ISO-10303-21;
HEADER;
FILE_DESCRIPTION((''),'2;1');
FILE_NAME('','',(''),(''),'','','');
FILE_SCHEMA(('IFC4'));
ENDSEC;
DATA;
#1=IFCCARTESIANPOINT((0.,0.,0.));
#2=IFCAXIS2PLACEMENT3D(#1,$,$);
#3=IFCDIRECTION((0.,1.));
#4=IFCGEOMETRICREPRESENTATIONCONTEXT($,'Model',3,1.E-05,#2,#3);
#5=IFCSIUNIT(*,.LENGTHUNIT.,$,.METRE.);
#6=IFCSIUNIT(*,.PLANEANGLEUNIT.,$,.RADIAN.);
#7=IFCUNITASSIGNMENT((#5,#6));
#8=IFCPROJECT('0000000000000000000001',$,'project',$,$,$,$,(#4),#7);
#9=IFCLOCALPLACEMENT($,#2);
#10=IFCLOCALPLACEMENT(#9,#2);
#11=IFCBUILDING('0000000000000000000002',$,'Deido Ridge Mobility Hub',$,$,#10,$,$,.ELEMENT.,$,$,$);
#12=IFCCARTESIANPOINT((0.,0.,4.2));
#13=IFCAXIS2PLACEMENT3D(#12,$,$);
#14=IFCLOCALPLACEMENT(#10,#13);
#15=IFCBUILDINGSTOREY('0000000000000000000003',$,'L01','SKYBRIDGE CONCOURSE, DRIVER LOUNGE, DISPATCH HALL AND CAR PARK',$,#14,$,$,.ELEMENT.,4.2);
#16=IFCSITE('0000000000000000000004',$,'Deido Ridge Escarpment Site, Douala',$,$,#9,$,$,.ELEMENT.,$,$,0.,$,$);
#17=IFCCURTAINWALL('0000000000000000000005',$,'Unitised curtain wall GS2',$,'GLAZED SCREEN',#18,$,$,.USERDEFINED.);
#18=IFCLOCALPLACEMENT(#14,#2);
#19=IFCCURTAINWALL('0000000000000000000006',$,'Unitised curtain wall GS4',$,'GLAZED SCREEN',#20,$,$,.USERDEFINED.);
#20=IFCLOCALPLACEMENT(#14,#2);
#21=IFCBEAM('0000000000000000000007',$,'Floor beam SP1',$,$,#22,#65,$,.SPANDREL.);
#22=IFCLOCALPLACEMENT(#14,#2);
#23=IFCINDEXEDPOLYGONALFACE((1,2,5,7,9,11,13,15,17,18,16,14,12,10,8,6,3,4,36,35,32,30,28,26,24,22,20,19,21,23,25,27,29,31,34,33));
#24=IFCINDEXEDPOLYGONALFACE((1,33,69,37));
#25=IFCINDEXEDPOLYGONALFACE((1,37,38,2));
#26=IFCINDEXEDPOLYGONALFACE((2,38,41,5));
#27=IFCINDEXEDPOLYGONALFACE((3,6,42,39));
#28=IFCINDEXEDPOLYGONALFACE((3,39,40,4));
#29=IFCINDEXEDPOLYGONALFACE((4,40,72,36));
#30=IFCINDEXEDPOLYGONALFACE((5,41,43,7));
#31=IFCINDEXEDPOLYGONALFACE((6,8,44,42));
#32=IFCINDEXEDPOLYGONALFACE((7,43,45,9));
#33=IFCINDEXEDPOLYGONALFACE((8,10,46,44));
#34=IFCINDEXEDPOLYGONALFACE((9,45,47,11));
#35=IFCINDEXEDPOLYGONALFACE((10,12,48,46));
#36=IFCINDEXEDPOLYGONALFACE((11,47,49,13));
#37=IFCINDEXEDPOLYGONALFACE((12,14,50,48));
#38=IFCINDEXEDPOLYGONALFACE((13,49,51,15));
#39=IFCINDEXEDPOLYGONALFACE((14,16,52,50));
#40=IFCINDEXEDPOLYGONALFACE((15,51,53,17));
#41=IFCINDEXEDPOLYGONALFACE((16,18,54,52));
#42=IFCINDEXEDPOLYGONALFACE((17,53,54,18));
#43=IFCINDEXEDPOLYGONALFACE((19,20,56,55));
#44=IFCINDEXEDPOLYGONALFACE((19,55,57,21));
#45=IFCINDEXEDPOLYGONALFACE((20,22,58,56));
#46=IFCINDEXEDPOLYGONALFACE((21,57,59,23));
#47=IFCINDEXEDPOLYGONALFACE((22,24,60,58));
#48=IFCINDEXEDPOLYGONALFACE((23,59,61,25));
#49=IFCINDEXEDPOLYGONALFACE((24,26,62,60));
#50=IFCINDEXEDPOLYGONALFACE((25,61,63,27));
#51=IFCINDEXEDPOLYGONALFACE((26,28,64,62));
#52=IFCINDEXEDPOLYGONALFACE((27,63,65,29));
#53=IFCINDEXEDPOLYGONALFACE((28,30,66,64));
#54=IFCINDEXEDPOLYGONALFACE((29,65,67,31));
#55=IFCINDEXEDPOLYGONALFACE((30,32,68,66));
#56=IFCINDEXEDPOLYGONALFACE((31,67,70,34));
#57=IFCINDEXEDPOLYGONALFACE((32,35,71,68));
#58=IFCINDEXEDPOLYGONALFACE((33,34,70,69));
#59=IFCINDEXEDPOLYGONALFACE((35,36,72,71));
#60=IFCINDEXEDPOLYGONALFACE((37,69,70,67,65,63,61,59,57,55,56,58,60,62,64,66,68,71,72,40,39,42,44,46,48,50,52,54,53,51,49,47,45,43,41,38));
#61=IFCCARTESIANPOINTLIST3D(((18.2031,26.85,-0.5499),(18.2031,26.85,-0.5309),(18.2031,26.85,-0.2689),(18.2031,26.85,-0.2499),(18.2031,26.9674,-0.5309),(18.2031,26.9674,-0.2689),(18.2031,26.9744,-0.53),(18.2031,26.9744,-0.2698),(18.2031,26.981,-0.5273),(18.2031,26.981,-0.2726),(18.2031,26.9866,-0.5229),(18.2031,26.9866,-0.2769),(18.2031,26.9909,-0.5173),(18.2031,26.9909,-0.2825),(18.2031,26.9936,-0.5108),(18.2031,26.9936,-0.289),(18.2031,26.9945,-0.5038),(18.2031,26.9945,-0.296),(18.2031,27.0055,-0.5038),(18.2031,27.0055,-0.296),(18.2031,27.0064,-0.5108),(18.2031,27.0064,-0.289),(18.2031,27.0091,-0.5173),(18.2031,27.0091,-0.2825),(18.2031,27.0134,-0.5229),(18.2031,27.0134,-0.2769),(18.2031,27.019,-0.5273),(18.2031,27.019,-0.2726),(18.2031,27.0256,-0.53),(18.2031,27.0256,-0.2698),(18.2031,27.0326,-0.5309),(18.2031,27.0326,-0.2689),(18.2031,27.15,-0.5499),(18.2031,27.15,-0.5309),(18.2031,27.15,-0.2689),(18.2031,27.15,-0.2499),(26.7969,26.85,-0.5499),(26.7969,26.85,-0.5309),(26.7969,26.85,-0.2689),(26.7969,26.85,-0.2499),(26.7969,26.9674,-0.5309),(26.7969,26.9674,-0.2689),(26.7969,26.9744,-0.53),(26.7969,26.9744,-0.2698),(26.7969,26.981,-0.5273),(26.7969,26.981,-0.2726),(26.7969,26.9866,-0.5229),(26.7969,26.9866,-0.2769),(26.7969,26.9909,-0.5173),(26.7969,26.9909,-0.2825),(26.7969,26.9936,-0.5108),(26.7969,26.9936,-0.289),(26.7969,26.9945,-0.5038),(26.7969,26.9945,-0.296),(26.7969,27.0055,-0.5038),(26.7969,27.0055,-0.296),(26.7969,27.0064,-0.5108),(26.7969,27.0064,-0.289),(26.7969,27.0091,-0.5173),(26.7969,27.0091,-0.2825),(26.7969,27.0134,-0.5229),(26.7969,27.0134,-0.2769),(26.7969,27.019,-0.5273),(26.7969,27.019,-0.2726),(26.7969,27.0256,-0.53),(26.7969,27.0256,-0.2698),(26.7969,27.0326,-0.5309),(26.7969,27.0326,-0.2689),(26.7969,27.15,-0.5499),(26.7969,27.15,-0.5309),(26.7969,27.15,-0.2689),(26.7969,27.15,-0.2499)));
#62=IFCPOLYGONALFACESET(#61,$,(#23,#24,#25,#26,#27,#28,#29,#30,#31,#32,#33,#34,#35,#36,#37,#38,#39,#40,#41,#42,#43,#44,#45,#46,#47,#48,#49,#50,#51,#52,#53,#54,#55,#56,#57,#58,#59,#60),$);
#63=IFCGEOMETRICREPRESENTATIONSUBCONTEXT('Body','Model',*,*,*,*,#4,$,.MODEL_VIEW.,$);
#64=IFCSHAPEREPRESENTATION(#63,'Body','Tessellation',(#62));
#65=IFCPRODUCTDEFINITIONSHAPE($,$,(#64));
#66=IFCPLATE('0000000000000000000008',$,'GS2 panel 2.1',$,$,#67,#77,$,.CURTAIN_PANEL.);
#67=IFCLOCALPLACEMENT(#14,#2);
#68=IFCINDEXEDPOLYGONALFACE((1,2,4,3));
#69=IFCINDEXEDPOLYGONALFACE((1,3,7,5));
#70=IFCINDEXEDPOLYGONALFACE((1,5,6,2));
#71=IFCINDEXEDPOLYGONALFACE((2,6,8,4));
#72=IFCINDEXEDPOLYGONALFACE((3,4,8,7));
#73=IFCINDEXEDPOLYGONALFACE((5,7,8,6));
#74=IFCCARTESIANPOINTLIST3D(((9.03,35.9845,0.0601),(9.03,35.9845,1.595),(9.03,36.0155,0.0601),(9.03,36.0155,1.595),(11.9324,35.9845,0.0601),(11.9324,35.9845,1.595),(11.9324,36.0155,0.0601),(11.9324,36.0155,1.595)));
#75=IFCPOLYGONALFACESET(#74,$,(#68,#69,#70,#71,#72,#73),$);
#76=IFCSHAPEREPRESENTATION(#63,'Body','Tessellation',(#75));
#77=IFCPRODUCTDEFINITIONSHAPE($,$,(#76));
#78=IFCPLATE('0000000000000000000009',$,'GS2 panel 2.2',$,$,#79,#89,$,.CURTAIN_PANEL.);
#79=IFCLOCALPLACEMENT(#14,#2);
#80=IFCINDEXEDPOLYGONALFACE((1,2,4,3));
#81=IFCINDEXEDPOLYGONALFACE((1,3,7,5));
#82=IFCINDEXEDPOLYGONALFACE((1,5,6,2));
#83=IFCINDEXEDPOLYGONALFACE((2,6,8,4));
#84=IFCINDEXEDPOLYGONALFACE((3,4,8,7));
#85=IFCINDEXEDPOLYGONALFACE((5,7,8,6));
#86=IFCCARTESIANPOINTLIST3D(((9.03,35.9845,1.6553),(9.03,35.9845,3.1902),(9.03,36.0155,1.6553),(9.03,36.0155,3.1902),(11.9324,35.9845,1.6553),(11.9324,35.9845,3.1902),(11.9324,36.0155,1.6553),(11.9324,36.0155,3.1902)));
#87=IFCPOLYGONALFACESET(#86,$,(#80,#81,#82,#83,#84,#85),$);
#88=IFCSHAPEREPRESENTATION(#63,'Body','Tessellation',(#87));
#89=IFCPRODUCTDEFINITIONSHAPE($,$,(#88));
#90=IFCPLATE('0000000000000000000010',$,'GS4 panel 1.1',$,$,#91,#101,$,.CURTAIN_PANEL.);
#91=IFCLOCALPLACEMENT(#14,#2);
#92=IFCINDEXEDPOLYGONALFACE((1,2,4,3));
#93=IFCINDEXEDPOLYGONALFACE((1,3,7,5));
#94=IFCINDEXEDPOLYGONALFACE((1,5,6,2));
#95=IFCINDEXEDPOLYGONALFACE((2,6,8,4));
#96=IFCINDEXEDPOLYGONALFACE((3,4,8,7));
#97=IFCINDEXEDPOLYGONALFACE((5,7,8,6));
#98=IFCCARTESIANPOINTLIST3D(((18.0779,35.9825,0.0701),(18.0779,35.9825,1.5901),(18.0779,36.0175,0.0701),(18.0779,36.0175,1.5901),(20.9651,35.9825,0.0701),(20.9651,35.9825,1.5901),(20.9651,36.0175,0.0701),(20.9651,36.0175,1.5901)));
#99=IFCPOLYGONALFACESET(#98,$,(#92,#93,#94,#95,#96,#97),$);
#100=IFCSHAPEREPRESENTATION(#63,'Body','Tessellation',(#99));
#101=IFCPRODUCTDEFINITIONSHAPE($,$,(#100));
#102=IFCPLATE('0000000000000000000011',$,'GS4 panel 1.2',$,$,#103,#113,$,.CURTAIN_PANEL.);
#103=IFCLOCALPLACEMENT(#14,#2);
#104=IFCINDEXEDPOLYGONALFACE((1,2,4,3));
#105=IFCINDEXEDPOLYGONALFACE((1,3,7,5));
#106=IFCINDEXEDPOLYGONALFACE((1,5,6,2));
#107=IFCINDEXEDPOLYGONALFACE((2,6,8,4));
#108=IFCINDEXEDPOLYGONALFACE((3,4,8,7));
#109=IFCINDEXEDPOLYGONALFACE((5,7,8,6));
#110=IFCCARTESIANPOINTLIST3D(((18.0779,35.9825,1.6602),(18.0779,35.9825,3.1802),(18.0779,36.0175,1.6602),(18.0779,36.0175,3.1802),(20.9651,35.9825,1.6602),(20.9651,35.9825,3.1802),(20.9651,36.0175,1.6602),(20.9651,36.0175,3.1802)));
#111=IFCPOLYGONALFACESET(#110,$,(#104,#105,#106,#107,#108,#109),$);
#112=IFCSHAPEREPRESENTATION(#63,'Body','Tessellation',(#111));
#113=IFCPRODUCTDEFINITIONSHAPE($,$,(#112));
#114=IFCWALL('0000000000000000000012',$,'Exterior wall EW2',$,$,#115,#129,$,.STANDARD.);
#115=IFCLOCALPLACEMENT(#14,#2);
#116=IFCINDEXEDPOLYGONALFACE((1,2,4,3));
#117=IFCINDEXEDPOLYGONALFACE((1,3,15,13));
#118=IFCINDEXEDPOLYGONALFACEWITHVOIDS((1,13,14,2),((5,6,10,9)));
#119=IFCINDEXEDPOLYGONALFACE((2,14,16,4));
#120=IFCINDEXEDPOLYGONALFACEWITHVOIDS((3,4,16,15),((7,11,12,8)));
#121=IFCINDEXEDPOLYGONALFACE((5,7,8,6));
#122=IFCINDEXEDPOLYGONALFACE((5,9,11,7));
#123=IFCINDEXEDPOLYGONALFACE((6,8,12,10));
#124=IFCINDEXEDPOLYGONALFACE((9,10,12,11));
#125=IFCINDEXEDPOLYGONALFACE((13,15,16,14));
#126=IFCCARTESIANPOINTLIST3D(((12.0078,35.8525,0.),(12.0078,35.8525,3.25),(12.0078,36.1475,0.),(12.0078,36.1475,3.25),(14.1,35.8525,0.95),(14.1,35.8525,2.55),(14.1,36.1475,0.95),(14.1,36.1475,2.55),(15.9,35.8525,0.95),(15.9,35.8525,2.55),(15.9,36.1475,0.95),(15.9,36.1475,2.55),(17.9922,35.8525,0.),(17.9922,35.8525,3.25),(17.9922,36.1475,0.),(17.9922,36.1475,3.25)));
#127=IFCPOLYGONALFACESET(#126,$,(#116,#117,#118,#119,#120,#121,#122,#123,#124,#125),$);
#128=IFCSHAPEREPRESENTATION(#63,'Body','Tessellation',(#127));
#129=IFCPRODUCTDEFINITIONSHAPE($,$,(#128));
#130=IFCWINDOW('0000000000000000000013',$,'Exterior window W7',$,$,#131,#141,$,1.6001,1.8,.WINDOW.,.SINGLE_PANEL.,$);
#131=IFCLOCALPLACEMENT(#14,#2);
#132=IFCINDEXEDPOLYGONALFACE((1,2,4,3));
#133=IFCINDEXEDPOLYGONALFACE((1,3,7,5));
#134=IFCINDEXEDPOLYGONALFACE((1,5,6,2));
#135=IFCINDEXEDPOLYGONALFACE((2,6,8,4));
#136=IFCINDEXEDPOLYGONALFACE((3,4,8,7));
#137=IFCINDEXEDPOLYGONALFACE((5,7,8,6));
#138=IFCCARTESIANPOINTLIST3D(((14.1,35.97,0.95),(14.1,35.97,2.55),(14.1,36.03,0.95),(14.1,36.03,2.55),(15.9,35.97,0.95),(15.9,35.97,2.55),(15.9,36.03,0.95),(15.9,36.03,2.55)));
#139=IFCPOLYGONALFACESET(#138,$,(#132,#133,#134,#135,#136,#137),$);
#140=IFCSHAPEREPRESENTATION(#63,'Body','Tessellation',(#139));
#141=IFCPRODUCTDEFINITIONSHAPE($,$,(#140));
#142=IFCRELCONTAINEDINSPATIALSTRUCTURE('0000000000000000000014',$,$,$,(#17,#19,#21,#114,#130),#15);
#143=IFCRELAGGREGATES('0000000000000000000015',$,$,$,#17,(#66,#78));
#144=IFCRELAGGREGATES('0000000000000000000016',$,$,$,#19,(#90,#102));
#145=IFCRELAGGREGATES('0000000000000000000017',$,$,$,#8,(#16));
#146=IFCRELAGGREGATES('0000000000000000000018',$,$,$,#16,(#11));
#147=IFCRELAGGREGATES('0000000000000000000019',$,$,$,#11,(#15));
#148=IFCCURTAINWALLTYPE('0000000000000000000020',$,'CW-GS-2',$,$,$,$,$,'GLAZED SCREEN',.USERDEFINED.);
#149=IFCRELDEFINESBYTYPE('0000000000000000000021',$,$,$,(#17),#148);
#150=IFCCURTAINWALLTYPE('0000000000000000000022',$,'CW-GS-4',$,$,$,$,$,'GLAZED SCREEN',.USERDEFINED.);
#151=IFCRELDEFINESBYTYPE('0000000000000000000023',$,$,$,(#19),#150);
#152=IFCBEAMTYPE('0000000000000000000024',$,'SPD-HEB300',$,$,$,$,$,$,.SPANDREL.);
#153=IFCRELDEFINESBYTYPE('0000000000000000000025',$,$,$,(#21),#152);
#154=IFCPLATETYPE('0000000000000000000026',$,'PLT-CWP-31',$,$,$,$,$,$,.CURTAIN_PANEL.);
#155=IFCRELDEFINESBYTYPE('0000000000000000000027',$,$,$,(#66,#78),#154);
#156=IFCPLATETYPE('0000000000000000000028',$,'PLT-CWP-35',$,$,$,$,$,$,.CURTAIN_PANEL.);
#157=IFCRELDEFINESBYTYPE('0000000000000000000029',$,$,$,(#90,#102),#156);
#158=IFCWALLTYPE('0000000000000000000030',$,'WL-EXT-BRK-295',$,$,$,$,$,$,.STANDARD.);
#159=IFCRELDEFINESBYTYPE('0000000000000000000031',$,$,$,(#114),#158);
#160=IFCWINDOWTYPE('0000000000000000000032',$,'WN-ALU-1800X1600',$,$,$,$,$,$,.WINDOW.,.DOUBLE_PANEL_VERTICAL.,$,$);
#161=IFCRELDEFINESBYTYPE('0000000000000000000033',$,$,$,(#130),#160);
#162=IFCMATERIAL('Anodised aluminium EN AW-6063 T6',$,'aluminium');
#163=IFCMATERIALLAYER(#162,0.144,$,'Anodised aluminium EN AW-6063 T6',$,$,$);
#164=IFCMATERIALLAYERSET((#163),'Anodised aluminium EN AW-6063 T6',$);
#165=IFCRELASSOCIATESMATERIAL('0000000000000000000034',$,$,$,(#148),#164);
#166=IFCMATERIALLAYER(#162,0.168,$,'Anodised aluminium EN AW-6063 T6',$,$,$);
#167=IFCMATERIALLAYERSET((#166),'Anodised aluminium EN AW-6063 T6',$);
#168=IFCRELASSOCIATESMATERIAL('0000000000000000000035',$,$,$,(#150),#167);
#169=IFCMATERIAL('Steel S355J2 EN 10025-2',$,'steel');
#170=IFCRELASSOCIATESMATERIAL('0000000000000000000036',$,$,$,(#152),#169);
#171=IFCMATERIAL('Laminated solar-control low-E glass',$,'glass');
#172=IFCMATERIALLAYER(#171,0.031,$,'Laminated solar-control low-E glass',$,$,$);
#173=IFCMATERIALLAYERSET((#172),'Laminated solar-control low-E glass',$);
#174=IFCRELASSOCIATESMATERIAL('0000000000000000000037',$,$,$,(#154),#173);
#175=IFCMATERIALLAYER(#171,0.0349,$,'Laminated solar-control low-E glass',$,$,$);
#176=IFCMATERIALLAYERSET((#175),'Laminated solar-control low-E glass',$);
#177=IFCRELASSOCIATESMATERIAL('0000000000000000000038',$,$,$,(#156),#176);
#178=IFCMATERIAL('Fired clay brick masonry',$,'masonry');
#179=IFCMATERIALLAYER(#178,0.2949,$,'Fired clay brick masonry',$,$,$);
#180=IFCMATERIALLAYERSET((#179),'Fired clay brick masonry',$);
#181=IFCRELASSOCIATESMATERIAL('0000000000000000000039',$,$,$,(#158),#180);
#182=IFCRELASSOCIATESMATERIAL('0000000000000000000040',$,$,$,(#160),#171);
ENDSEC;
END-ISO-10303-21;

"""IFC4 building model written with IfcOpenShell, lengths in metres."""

from ifc_helpers import new_model, si_unit, direction, frame, frame_2d, origin, origin_2d, place, context, subcontext, project, spatial, rectangle, i_section, extrude, material, layer, layer_set, material_profile, profile_set, type_object, element, fill, aggregate, save


model = new_model("IFC4")

# Units and contexts
model_context = context("Model", 3, precision=1e-05, world=origin(), true_north=direction((0.0, 1.0)))
body_context = subcontext(model_context, "Body", "Model", "MODEL_VIEW")
ifc_project = project(units=[si_unit("LENGTHUNIT", "METRE"), si_unit("PLANEANGLEUNIT", "RADIAN")], contexts=[model_context])

# Site, building, storey
site_placement = place(None, origin())
site = spatial("IfcSite", under=ifc_project, at=site_placement, Name="Deido Ridge Escarpment Site, Douala", CompositionType="ELEMENT", RefElevation=0.0)
building_placement = place(site_placement, origin())
building = spatial("IfcBuilding", under=site, at=building_placement, Name="Deido Ridge Mobility Hub", CompositionType="ELEMENT")
storey_placement = place(building_placement, frame((0.0, 0.0, 4.2)))
storey = spatial("IfcBuildingStorey", under=building, at=storey_placement, Name="L01", Description="SKYBRIDGE CONCOURSE, DRIVER LOUNGE, DISPATCH HALL AND CAR PARK", CompositionType="ELEMENT", Elevation=4.2)

# Shared definitions
ifc_material_1 = material(Name="Steel S355J2 EN 10025-2", Category="steel")

# Curtain wall
ifc_material_2 = material(Name="Anodised aluminium EN AW-6063 T6", Category="aluminium")
ifc_layer_1 = layer(ifc_material_2, 0.144, Name="Anodised aluminium EN AW-6063 T6")
ifc_layer_set_1 = layer_set([ifc_layer_1], Name="Anodised aluminium EN AW-6063 T6")
curtain_wall_type_1 = type_object("IfcCurtainWallType", Name="CW-GS-2", ElementType="GLAZED SCREEN", PredefinedType="USERDEFINED", material=ifc_layer_set_1)
curtain_wall_1_placement = place(storey_placement, origin())
curtain_wall_1 = element("IfcCurtainWall", 1, at=curtain_wall_1_placement, inside=storey, type_object=curtain_wall_type_1, Name="Unitised curtain wall GS2", ObjectType="GLAZED SCREEN", PredefinedType="USERDEFINED")

# Curtain wall
ifc_layer_2 = layer(ifc_material_2, 0.168, Name="Anodised aluminium EN AW-6063 T6")
ifc_layer_set_2 = layer_set([ifc_layer_2], Name="Anodised aluminium EN AW-6063 T6")
curtain_wall_type_2 = type_object("IfcCurtainWallType", Name="CW-GS-4", ElementType="GLAZED SCREEN", PredefinedType="USERDEFINED", material=ifc_layer_set_2)
curtain_wall_2_placement = place(storey_placement, origin())
curtain_wall_2 = element("IfcCurtainWall", 2, at=curtain_wall_2_placement, inside=storey, type_object=curtain_wall_type_2, Name="Unitised curtain wall GS4", ObjectType="GLAZED SCREEN", PredefinedType="USERDEFINED")

# Beam
ifc_material_profile_1 = material_profile(ifc_material_1, i_section(OverallWidth=0.3, OverallDepth=0.3, WebThickness=0.011, FlangeThickness=0.019, FilletRadius=0.0271, at=origin_2d()), Name="HEB 300")
ifc_profile_set_1 = profile_set([ifc_material_profile_1], Name="Steel S355J2 EN 10025-2")
beam_type_1 = type_object("IfcBeamType", Name="SPD-HEB300", PredefinedType="SPANDREL", material=ifc_profile_set_1)
beam_1_placement = place(storey_placement, frame((18.2031, 27.0, -0.3999), z_axis=(1.0, 0.0, 0.0), x_axis=(0.0, 1.0, 0.0)))
element("IfcBeam", 3, at=beam_1_placement, inside=storey, type_object=beam_type_1, Name="Floor beam SP1", PredefinedType="SPANDREL", context=body_context, shape_type="SweptSolid", body=[
    extrude(i_section(OverallWidth=0.3, OverallDepth=0.3, WebThickness=0.011, FlangeThickness=0.019, FilletRadius=0.0271, at=origin_2d()), origin(), (0.0, 0.0, 1.0), 8.5938),
])

# Plates
ifc_material_3 = material(Name="Laminated solar-control low-E glass", Category="glass")
ifc_layer_3 = layer(ifc_material_3, 0.031, Name="Laminated solar-control low-E glass")
ifc_layer_set_3 = layer_set([ifc_layer_3], Name="Laminated solar-control low-E glass")
plate_type_1 = type_object("IfcPlateType", Name="PLT-CWP-31", PredefinedType="CURTAIN_PANEL", material=ifc_layer_set_3)
plate_1_placement = place(storey_placement, frame((10.4812, 36.0, 0.0601), z_axis=(0.0, 0.0, 1.0), x_axis=(1.0, 0.0, 0.0)))
plate_1 = element("IfcPlate", 4, at=plate_1_placement, type_object=plate_type_1, Name="GS2 panel 2.1", PredefinedType="CURTAIN_PANEL", context=body_context, shape_type="SweptSolid", body=[
    extrude(rectangle(XDim=2.9023, YDim=0.031, at=origin_2d()), origin(), (0.0, 0.0, 1.0), 1.5349),
])
plate_2_placement = place(storey_placement, frame((10.4812, 36.0, 1.6553), z_axis=(0.0, 0.0, 1.0), x_axis=(1.0, 0.0, 0.0)))
plate_2 = element("IfcPlate", 5, at=plate_2_placement, type_object=plate_type_1, Name="GS2 panel 2.2", PredefinedType="CURTAIN_PANEL", context=body_context, shape_type="SweptSolid", body=[
    extrude(rectangle(XDim=2.9023, YDim=0.031, at=origin_2d()), origin(), (0.0, 0.0, 1.0), 1.5349),
])
aggregate(curtain_wall_1, [plate_1, plate_2])
ifc_layer_4 = layer(ifc_material_3, 0.0349, Name="Laminated solar-control low-E glass")
ifc_layer_set_4 = layer_set([ifc_layer_4], Name="Laminated solar-control low-E glass")
plate_type_2 = type_object("IfcPlateType", Name="PLT-CWP-35", PredefinedType="CURTAIN_PANEL", material=ifc_layer_set_4)
plate_3_placement = place(storey_placement, frame((19.5215, 36.0, 0.0701), z_axis=(0.0, 0.0, 1.0), x_axis=(1.0, 0.0, 0.0)))
plate_3 = element("IfcPlate", 6, at=plate_3_placement, type_object=plate_type_2, Name="GS4 panel 1.1", PredefinedType="CURTAIN_PANEL", context=body_context, shape_type="SweptSolid", body=[
    extrude(rectangle(XDim=2.8872, YDim=0.0349, at=origin_2d()), origin(), (0.0, 0.0, 1.0), 1.52),
])
plate_4_placement = place(storey_placement, frame((19.5215, 36.0, 1.6602), z_axis=(0.0, 0.0, 1.0), x_axis=(1.0, 0.0, 0.0)))
plate_4 = element("IfcPlate", 7, at=plate_4_placement, type_object=plate_type_2, Name="GS4 panel 1.2", PredefinedType="CURTAIN_PANEL", context=body_context, shape_type="SweptSolid", body=[
    extrude(rectangle(XDim=2.8872, YDim=0.0349, at=origin_2d()), origin(), (0.0, 0.0, 1.0), 1.52),
])
aggregate(curtain_wall_2, [plate_3, plate_4])

# Wall, opening, window
ifc_material_4 = material(Name="Fired clay brick masonry", Category="masonry")
ifc_layer_5 = layer(ifc_material_4, 0.2949, Name="Fired clay brick masonry")
ifc_layer_set_5 = layer_set([ifc_layer_5], Name="Fired clay brick masonry")
wall_type = type_object("IfcWallType", Name="WL-EXT-BRK-295", PredefinedType="STANDARD", material=ifc_layer_set_5)
wall_placement = place(storey_placement, frame((12.0078, 36.0, 0.0), z_axis=(0.0, 0.0, 1.0), x_axis=(1.0, 0.0, 0.0)))
wall = element("IfcWall", 8, at=wall_placement, inside=storey, type_object=wall_type, Name="Exterior wall EW2", PredefinedType="STANDARD", context=body_context, shape_type="SweptSolid", body=[
    extrude(rectangle(XDim=5.9844, YDim=0.2949, at=frame_2d((2.9922, 0.0))), origin(), (0.0, 0.0, 1.0), 3.25),
])
opening_placement = place(wall_placement, frame((2.0923, 0.0, 0.95)))
opening = element("IfcOpeningElement", 9, at=opening_placement, cuts=wall, PredefinedType="OPENING", context=body_context, shape_type="SweptSolid", body=[
    extrude(rectangle(XDim=1.8, YDim=1.6001, at=frame_2d((0.8999, 0.8))), frame((0.0, 0.1575, 0.0), z_axis=(0.0, -1.0, 0.0), x_axis=(1.0, 0.0, 0.0)), (0.0, 0.0, 1.0), 0.3149),
])
window_type = type_object("IfcWindowType", Name="WN-ALU-1800X1600", PartitioningType="DOUBLE_PANEL_VERTICAL", PredefinedType="WINDOW", material=ifc_material_3)
window_placement = place(opening_placement, origin())
window = element("IfcWindow", 10, at=window_placement, inside=storey, type_object=window_type, Name="Exterior window W7", OverallHeight=1.6001, OverallWidth=1.8, PartitioningType="SINGLE_PANEL", PredefinedType="WINDOW", context=body_context, shape_type="SweptSolid", body=[
    extrude(rectangle(XDim=1.8, YDim=1.6001, at=frame_2d((0.8999, 0.8))), frame((0.0, 0.03, 0.0), z_axis=(0.0, -1.0, 0.0), x_axis=(1.0, 0.0, 0.0)), (0.0, 0.0, 1.0), 0.0601),
])
fill(opening, window)

save(model, "model.ifc")
